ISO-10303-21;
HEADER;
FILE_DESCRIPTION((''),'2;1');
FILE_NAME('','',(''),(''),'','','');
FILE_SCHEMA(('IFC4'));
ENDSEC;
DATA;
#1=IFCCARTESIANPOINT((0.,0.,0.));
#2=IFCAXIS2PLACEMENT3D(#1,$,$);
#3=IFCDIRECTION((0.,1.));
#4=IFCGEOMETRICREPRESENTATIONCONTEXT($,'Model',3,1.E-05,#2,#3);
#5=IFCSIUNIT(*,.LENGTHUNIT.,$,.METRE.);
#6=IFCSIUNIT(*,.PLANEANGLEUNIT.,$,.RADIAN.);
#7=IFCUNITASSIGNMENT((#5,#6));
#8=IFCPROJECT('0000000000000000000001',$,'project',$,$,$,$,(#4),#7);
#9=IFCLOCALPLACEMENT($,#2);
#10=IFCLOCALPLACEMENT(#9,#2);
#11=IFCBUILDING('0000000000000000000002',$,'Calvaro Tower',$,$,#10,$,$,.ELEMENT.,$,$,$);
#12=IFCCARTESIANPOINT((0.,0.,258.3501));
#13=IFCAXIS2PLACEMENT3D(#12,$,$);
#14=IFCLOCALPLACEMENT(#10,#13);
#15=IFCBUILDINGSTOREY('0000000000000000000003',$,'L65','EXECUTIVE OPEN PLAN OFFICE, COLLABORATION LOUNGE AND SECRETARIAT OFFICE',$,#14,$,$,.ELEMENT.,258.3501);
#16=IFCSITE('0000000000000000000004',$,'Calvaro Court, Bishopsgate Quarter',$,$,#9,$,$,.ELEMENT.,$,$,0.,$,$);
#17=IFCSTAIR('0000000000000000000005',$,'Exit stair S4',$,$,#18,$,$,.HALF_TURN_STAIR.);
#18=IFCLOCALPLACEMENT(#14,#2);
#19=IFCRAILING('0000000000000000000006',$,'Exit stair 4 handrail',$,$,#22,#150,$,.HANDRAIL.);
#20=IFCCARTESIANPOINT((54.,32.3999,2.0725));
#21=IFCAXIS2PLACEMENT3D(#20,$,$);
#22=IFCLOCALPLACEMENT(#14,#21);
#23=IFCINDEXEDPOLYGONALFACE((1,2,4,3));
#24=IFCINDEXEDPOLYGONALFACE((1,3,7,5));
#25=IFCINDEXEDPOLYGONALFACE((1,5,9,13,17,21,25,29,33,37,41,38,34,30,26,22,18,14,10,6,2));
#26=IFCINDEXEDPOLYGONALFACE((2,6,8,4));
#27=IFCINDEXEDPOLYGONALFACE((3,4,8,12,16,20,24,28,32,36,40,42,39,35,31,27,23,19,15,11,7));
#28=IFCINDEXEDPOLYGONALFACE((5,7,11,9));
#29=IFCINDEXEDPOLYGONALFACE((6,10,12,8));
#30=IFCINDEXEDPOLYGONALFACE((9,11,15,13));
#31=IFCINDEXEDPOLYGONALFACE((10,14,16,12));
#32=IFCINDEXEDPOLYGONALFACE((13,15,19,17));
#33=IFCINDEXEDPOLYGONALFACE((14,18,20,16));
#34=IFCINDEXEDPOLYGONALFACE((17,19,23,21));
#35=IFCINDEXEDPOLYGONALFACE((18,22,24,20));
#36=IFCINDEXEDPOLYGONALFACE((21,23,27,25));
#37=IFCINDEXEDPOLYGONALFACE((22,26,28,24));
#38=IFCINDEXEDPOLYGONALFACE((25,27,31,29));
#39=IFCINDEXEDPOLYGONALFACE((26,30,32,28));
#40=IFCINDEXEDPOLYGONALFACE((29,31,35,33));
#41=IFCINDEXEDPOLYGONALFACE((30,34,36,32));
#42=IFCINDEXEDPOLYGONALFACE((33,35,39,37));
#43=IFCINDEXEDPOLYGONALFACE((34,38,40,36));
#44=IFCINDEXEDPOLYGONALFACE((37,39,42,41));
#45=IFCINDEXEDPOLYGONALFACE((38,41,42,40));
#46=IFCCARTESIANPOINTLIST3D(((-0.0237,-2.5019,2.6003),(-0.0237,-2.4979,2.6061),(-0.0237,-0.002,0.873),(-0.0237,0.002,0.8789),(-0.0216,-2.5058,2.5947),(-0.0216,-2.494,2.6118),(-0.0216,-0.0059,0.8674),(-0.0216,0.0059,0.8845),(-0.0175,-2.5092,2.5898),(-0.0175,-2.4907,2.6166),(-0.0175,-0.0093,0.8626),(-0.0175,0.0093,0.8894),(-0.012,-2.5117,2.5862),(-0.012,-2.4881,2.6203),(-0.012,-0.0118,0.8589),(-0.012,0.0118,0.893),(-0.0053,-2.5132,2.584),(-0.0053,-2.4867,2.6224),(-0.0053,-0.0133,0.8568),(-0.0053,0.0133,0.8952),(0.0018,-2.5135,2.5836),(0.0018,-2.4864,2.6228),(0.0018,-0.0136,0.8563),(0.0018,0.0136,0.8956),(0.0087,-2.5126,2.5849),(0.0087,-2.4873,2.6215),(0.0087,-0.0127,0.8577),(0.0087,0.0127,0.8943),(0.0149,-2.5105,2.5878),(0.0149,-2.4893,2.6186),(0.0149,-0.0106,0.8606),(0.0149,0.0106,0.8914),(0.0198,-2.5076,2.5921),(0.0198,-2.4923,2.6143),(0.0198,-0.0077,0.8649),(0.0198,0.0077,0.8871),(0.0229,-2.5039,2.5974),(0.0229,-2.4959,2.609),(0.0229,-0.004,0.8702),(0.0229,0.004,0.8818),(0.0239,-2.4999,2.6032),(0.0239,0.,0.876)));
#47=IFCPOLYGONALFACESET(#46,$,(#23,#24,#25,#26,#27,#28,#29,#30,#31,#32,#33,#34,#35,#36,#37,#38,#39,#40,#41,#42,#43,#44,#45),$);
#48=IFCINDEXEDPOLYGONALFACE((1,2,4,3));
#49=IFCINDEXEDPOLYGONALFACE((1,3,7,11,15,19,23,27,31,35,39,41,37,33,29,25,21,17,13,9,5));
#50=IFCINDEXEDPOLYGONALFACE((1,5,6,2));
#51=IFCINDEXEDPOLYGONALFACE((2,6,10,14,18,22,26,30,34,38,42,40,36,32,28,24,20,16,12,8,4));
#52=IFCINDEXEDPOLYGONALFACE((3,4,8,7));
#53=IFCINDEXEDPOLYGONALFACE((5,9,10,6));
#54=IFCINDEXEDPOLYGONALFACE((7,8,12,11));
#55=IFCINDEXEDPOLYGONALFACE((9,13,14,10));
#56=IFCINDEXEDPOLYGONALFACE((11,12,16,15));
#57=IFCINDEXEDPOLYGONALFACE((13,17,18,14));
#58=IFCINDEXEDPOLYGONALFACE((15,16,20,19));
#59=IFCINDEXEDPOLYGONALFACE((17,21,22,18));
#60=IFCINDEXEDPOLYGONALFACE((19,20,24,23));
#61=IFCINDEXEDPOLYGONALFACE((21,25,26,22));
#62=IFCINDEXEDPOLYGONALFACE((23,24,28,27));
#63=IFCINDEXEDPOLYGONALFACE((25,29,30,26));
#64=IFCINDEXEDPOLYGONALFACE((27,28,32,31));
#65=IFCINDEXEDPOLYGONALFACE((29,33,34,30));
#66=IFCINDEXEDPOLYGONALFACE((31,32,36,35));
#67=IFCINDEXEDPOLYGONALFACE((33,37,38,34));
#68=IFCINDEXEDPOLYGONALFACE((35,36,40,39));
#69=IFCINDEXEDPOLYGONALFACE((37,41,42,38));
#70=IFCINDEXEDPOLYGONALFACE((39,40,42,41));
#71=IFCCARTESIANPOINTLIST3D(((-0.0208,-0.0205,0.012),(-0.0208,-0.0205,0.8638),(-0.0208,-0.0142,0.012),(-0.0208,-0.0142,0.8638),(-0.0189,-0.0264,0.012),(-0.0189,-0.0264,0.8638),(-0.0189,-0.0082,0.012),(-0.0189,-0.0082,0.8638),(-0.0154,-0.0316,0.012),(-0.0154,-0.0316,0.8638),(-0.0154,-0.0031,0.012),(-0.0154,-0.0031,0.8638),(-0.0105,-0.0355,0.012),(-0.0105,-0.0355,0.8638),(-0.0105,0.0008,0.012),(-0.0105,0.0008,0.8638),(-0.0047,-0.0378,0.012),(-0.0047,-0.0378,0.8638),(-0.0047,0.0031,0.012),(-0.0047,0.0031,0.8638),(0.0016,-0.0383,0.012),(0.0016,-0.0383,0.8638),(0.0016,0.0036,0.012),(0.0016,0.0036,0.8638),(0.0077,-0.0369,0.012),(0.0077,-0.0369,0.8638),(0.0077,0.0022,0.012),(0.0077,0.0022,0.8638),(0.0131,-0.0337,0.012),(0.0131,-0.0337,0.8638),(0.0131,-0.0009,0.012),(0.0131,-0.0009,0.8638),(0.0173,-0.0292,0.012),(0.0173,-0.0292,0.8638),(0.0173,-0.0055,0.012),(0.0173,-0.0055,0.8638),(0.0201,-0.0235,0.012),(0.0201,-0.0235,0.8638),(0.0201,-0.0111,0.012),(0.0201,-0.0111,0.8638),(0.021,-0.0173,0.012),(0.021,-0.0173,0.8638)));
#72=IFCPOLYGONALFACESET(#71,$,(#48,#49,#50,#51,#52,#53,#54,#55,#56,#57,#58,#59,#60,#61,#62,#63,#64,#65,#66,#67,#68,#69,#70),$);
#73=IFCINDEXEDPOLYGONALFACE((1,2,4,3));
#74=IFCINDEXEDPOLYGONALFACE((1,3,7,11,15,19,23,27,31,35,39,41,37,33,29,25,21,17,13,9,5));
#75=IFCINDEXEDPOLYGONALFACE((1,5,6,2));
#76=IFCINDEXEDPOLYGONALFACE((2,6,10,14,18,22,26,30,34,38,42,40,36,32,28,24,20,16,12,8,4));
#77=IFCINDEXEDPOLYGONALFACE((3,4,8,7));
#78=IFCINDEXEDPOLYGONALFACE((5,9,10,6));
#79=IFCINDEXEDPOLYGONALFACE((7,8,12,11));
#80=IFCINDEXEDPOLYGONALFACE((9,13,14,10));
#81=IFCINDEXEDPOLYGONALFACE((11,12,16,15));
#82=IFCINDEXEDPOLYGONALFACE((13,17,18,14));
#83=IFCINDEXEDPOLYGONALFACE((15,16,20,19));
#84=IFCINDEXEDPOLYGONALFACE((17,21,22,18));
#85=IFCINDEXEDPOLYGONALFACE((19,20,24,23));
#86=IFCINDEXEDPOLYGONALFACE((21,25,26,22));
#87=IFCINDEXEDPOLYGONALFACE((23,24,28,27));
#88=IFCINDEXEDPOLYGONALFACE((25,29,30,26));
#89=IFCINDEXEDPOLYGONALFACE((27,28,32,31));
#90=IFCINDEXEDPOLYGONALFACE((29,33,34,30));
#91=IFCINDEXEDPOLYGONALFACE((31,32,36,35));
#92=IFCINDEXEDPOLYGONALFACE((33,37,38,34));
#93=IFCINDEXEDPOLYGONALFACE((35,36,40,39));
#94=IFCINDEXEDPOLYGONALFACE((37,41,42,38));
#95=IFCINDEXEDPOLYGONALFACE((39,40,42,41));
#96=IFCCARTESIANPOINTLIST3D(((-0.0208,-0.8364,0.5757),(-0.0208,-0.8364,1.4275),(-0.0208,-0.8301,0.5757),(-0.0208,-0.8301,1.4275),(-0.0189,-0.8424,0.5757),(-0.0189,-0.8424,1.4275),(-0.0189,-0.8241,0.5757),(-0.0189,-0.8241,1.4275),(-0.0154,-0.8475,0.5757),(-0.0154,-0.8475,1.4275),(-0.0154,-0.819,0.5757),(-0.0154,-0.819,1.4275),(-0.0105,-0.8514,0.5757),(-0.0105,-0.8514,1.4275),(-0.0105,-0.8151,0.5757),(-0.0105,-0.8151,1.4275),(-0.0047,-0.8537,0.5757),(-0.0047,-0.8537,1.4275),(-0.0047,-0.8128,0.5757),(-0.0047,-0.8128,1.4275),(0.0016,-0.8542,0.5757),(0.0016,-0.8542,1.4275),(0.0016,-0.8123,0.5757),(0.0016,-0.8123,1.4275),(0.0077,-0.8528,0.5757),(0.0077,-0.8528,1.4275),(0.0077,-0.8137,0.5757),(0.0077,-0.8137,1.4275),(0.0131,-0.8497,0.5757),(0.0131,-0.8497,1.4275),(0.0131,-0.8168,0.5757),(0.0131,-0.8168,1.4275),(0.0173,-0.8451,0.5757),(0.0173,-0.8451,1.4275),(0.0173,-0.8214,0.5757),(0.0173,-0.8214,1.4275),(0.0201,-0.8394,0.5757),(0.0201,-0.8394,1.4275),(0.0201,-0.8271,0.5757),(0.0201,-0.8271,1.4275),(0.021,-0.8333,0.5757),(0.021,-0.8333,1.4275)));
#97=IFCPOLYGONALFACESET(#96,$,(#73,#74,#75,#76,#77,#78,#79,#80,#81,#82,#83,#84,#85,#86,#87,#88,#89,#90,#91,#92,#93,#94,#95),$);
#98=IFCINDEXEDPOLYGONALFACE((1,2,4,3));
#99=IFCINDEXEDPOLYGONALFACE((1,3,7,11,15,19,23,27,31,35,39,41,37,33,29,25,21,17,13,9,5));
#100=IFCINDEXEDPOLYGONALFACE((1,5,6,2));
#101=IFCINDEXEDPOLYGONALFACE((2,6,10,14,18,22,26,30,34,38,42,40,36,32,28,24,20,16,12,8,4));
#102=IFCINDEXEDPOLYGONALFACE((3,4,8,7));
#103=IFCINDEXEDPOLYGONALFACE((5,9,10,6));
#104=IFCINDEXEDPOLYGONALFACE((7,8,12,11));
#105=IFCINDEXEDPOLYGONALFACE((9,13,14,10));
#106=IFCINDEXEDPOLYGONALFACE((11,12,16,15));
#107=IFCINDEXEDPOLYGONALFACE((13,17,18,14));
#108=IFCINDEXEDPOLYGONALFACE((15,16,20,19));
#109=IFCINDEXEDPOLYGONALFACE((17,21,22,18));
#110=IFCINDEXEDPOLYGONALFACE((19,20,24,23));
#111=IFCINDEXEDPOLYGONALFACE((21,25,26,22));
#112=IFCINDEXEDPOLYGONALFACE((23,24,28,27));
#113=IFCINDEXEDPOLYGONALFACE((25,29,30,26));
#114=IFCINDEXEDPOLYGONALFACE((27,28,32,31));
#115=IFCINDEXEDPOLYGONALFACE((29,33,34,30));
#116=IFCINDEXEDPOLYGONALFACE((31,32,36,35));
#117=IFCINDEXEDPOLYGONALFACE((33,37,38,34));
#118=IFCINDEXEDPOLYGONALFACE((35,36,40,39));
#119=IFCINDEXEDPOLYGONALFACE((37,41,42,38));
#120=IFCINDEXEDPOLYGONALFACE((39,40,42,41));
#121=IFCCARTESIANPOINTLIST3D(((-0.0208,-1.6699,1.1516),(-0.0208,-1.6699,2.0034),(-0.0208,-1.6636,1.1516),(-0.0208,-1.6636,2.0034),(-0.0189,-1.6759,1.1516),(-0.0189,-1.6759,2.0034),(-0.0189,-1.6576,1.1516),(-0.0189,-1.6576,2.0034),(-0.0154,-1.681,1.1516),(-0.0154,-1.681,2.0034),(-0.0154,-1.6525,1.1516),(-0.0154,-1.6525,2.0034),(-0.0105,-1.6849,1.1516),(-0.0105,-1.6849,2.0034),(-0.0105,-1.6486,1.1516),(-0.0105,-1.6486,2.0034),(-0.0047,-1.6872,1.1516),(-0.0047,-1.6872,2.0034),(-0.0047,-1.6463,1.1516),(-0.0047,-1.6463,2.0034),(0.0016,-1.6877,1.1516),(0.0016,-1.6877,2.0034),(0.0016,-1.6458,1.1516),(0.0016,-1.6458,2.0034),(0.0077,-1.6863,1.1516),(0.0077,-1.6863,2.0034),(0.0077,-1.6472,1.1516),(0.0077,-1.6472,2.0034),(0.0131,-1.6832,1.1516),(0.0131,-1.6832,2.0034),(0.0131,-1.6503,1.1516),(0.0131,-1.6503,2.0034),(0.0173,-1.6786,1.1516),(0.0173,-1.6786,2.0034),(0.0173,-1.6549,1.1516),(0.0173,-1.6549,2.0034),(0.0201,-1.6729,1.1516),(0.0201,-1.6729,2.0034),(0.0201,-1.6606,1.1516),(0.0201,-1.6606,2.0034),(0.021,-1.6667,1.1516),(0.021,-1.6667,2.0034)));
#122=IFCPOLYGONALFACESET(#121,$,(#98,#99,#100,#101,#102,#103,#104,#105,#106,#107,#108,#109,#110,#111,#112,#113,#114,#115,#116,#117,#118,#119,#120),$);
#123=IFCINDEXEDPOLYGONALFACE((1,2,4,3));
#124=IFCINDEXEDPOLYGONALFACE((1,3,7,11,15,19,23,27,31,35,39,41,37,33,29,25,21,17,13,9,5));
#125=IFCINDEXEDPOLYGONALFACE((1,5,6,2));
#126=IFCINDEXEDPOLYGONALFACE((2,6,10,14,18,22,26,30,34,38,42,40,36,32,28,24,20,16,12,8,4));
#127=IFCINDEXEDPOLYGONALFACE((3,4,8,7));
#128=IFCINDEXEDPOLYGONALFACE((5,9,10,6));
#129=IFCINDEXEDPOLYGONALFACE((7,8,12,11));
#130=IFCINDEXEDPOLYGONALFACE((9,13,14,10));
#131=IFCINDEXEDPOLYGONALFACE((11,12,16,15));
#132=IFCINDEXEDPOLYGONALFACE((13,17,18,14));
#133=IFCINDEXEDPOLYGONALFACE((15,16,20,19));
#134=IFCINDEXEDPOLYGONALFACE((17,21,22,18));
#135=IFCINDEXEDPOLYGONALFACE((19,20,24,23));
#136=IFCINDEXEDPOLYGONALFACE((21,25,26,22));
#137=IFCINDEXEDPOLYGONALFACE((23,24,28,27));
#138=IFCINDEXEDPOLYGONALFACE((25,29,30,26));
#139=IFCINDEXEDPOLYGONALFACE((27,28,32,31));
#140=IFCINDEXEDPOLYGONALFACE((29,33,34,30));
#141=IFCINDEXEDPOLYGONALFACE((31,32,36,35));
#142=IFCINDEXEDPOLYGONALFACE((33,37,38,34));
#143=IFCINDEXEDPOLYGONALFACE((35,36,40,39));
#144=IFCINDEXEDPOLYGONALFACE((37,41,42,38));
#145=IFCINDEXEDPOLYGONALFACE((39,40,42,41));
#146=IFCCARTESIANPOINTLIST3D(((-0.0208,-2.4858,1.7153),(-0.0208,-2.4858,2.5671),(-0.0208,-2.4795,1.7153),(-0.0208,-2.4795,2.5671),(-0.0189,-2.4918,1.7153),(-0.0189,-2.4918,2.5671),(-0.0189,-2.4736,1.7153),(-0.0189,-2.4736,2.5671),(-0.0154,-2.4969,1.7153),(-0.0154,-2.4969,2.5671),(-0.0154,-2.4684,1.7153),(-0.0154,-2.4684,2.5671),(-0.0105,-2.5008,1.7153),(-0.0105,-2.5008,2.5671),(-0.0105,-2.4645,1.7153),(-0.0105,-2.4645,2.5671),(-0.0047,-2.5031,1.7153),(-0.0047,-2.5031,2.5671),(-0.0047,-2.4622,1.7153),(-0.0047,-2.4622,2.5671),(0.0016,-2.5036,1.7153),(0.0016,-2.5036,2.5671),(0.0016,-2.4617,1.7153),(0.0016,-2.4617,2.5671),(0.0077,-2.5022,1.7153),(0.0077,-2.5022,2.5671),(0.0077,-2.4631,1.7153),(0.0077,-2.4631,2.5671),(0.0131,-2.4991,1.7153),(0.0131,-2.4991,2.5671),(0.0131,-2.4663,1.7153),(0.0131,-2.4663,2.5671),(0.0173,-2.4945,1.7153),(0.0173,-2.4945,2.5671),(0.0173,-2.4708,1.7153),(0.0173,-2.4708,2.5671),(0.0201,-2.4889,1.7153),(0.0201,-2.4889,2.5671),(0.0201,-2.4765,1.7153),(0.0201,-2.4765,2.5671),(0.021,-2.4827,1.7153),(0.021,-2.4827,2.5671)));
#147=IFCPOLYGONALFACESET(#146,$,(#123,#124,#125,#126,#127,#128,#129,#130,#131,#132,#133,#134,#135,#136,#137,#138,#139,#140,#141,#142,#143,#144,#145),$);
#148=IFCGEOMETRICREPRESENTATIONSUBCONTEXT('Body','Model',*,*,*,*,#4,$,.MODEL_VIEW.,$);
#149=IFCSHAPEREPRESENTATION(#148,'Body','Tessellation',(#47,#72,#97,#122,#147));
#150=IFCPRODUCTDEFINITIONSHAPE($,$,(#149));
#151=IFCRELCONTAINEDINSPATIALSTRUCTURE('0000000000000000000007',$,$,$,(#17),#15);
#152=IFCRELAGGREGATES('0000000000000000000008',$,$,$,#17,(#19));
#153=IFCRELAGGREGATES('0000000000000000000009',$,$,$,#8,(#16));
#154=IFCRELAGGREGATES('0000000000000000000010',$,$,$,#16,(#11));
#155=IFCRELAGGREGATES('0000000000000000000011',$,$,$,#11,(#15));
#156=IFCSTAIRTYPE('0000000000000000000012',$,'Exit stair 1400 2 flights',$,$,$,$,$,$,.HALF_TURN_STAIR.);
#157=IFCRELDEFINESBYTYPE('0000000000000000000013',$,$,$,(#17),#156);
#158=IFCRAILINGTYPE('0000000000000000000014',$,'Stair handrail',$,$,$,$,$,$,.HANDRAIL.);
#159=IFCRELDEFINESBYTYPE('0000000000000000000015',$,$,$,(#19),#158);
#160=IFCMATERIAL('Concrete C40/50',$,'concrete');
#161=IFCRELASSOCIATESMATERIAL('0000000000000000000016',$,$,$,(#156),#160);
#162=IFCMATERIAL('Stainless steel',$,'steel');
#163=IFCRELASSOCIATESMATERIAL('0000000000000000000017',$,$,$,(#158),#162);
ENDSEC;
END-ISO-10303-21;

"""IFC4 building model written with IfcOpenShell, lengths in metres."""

from ifc_helpers import new_model, si_unit, direction, frame, origin, origin_2d, place, context, subcontext, project, spatial, circle, extrude, material, type_object, element, aggregate, save


model = new_model("IFC4")

# Units and contexts
model_context = context("Model", 3, precision=1e-05, world=origin(), true_north=direction((0.0, 1.0)))
body_context = subcontext(model_context, "Body", "Model", "MODEL_VIEW")
ifc_project = project(units=[si_unit("LENGTHUNIT", "METRE"), si_unit("PLANEANGLEUNIT", "RADIAN")], contexts=[model_context])

# Site, building, storey
site_placement = place(None, origin())
site = spatial("IfcSite", under=ifc_project, at=site_placement, Name="Calvaro Court, Bishopsgate Quarter", CompositionType="ELEMENT", RefElevation=0.0)
building_placement = place(site_placement, origin())
building = spatial("IfcBuilding", under=site, at=building_placement, Name="Calvaro Tower", CompositionType="ELEMENT")
storey_placement = place(building_placement, frame((0.0, 0.0, 258.3501)))
storey = spatial("IfcBuildingStorey", under=building, at=storey_placement, Name="L65", Description="EXECUTIVE OPEN PLAN OFFICE, COLLABORATION LOUNGE AND SECRETARIAT OFFICE", CompositionType="ELEMENT", Elevation=258.3501)

# Stair, railing
ifc_material_1 = material(Name="Concrete C40/50", Category="concrete")
stair_type = type_object("IfcStairType", Name="Exit stair 1400 2 flights", PredefinedType="HALF_TURN_STAIR", material=ifc_material_1)
stair_placement = place(storey_placement, origin())
stair = element("IfcStair", 1, at=stair_placement, inside=storey, type_object=stair_type, Name="Exit stair S4", PredefinedType="HALF_TURN_STAIR")
ifc_material_2 = material(Name="Stainless steel", Category="steel")
railing_type = type_object("IfcRailingType", Name="Stair handrail", PredefinedType="HANDRAIL", material=ifc_material_2)
railing_placement = place(storey_placement, frame((54.0, 32.3999, 2.0725)))
railing = element("IfcRailing", 2, at=railing_placement, type_object=railing_type, Name="Exit stair 4 handrail", PredefinedType="HANDRAIL", context=body_context, shape_type="SweptSolid", body=[
    extrude(circle(Radius=0.0239, at=origin_2d()), frame((0.0, 0.0, 0.876), z_axis=(0.0, -0.822727, 0.568437), x_axis=(1.0, 0.0, 0.0)), (0.0, 0.0, 1.0), 3.0386),
    extrude(circle(Radius=0.021, at=origin_2d()), frame((0.0, -0.0173, 0.012)), (0.0, 0.0, 1.0), 0.8518),
    extrude(circle(Radius=0.021, at=origin_2d()), frame((0.0, -0.8333, 0.5757)), (0.0, 0.0, 1.0), 0.8518),
    extrude(circle(Radius=0.021, at=origin_2d()), frame((0.0, -1.6667, 1.1516)), (0.0, 0.0, 1.0), 0.8518),
    extrude(circle(Radius=0.021, at=origin_2d()), frame((0.0, -2.4827, 1.7153)), (0.0, 0.0, 1.0), 0.8518),
])
aggregate(stair, [railing])

save(model, "model.ifc")
